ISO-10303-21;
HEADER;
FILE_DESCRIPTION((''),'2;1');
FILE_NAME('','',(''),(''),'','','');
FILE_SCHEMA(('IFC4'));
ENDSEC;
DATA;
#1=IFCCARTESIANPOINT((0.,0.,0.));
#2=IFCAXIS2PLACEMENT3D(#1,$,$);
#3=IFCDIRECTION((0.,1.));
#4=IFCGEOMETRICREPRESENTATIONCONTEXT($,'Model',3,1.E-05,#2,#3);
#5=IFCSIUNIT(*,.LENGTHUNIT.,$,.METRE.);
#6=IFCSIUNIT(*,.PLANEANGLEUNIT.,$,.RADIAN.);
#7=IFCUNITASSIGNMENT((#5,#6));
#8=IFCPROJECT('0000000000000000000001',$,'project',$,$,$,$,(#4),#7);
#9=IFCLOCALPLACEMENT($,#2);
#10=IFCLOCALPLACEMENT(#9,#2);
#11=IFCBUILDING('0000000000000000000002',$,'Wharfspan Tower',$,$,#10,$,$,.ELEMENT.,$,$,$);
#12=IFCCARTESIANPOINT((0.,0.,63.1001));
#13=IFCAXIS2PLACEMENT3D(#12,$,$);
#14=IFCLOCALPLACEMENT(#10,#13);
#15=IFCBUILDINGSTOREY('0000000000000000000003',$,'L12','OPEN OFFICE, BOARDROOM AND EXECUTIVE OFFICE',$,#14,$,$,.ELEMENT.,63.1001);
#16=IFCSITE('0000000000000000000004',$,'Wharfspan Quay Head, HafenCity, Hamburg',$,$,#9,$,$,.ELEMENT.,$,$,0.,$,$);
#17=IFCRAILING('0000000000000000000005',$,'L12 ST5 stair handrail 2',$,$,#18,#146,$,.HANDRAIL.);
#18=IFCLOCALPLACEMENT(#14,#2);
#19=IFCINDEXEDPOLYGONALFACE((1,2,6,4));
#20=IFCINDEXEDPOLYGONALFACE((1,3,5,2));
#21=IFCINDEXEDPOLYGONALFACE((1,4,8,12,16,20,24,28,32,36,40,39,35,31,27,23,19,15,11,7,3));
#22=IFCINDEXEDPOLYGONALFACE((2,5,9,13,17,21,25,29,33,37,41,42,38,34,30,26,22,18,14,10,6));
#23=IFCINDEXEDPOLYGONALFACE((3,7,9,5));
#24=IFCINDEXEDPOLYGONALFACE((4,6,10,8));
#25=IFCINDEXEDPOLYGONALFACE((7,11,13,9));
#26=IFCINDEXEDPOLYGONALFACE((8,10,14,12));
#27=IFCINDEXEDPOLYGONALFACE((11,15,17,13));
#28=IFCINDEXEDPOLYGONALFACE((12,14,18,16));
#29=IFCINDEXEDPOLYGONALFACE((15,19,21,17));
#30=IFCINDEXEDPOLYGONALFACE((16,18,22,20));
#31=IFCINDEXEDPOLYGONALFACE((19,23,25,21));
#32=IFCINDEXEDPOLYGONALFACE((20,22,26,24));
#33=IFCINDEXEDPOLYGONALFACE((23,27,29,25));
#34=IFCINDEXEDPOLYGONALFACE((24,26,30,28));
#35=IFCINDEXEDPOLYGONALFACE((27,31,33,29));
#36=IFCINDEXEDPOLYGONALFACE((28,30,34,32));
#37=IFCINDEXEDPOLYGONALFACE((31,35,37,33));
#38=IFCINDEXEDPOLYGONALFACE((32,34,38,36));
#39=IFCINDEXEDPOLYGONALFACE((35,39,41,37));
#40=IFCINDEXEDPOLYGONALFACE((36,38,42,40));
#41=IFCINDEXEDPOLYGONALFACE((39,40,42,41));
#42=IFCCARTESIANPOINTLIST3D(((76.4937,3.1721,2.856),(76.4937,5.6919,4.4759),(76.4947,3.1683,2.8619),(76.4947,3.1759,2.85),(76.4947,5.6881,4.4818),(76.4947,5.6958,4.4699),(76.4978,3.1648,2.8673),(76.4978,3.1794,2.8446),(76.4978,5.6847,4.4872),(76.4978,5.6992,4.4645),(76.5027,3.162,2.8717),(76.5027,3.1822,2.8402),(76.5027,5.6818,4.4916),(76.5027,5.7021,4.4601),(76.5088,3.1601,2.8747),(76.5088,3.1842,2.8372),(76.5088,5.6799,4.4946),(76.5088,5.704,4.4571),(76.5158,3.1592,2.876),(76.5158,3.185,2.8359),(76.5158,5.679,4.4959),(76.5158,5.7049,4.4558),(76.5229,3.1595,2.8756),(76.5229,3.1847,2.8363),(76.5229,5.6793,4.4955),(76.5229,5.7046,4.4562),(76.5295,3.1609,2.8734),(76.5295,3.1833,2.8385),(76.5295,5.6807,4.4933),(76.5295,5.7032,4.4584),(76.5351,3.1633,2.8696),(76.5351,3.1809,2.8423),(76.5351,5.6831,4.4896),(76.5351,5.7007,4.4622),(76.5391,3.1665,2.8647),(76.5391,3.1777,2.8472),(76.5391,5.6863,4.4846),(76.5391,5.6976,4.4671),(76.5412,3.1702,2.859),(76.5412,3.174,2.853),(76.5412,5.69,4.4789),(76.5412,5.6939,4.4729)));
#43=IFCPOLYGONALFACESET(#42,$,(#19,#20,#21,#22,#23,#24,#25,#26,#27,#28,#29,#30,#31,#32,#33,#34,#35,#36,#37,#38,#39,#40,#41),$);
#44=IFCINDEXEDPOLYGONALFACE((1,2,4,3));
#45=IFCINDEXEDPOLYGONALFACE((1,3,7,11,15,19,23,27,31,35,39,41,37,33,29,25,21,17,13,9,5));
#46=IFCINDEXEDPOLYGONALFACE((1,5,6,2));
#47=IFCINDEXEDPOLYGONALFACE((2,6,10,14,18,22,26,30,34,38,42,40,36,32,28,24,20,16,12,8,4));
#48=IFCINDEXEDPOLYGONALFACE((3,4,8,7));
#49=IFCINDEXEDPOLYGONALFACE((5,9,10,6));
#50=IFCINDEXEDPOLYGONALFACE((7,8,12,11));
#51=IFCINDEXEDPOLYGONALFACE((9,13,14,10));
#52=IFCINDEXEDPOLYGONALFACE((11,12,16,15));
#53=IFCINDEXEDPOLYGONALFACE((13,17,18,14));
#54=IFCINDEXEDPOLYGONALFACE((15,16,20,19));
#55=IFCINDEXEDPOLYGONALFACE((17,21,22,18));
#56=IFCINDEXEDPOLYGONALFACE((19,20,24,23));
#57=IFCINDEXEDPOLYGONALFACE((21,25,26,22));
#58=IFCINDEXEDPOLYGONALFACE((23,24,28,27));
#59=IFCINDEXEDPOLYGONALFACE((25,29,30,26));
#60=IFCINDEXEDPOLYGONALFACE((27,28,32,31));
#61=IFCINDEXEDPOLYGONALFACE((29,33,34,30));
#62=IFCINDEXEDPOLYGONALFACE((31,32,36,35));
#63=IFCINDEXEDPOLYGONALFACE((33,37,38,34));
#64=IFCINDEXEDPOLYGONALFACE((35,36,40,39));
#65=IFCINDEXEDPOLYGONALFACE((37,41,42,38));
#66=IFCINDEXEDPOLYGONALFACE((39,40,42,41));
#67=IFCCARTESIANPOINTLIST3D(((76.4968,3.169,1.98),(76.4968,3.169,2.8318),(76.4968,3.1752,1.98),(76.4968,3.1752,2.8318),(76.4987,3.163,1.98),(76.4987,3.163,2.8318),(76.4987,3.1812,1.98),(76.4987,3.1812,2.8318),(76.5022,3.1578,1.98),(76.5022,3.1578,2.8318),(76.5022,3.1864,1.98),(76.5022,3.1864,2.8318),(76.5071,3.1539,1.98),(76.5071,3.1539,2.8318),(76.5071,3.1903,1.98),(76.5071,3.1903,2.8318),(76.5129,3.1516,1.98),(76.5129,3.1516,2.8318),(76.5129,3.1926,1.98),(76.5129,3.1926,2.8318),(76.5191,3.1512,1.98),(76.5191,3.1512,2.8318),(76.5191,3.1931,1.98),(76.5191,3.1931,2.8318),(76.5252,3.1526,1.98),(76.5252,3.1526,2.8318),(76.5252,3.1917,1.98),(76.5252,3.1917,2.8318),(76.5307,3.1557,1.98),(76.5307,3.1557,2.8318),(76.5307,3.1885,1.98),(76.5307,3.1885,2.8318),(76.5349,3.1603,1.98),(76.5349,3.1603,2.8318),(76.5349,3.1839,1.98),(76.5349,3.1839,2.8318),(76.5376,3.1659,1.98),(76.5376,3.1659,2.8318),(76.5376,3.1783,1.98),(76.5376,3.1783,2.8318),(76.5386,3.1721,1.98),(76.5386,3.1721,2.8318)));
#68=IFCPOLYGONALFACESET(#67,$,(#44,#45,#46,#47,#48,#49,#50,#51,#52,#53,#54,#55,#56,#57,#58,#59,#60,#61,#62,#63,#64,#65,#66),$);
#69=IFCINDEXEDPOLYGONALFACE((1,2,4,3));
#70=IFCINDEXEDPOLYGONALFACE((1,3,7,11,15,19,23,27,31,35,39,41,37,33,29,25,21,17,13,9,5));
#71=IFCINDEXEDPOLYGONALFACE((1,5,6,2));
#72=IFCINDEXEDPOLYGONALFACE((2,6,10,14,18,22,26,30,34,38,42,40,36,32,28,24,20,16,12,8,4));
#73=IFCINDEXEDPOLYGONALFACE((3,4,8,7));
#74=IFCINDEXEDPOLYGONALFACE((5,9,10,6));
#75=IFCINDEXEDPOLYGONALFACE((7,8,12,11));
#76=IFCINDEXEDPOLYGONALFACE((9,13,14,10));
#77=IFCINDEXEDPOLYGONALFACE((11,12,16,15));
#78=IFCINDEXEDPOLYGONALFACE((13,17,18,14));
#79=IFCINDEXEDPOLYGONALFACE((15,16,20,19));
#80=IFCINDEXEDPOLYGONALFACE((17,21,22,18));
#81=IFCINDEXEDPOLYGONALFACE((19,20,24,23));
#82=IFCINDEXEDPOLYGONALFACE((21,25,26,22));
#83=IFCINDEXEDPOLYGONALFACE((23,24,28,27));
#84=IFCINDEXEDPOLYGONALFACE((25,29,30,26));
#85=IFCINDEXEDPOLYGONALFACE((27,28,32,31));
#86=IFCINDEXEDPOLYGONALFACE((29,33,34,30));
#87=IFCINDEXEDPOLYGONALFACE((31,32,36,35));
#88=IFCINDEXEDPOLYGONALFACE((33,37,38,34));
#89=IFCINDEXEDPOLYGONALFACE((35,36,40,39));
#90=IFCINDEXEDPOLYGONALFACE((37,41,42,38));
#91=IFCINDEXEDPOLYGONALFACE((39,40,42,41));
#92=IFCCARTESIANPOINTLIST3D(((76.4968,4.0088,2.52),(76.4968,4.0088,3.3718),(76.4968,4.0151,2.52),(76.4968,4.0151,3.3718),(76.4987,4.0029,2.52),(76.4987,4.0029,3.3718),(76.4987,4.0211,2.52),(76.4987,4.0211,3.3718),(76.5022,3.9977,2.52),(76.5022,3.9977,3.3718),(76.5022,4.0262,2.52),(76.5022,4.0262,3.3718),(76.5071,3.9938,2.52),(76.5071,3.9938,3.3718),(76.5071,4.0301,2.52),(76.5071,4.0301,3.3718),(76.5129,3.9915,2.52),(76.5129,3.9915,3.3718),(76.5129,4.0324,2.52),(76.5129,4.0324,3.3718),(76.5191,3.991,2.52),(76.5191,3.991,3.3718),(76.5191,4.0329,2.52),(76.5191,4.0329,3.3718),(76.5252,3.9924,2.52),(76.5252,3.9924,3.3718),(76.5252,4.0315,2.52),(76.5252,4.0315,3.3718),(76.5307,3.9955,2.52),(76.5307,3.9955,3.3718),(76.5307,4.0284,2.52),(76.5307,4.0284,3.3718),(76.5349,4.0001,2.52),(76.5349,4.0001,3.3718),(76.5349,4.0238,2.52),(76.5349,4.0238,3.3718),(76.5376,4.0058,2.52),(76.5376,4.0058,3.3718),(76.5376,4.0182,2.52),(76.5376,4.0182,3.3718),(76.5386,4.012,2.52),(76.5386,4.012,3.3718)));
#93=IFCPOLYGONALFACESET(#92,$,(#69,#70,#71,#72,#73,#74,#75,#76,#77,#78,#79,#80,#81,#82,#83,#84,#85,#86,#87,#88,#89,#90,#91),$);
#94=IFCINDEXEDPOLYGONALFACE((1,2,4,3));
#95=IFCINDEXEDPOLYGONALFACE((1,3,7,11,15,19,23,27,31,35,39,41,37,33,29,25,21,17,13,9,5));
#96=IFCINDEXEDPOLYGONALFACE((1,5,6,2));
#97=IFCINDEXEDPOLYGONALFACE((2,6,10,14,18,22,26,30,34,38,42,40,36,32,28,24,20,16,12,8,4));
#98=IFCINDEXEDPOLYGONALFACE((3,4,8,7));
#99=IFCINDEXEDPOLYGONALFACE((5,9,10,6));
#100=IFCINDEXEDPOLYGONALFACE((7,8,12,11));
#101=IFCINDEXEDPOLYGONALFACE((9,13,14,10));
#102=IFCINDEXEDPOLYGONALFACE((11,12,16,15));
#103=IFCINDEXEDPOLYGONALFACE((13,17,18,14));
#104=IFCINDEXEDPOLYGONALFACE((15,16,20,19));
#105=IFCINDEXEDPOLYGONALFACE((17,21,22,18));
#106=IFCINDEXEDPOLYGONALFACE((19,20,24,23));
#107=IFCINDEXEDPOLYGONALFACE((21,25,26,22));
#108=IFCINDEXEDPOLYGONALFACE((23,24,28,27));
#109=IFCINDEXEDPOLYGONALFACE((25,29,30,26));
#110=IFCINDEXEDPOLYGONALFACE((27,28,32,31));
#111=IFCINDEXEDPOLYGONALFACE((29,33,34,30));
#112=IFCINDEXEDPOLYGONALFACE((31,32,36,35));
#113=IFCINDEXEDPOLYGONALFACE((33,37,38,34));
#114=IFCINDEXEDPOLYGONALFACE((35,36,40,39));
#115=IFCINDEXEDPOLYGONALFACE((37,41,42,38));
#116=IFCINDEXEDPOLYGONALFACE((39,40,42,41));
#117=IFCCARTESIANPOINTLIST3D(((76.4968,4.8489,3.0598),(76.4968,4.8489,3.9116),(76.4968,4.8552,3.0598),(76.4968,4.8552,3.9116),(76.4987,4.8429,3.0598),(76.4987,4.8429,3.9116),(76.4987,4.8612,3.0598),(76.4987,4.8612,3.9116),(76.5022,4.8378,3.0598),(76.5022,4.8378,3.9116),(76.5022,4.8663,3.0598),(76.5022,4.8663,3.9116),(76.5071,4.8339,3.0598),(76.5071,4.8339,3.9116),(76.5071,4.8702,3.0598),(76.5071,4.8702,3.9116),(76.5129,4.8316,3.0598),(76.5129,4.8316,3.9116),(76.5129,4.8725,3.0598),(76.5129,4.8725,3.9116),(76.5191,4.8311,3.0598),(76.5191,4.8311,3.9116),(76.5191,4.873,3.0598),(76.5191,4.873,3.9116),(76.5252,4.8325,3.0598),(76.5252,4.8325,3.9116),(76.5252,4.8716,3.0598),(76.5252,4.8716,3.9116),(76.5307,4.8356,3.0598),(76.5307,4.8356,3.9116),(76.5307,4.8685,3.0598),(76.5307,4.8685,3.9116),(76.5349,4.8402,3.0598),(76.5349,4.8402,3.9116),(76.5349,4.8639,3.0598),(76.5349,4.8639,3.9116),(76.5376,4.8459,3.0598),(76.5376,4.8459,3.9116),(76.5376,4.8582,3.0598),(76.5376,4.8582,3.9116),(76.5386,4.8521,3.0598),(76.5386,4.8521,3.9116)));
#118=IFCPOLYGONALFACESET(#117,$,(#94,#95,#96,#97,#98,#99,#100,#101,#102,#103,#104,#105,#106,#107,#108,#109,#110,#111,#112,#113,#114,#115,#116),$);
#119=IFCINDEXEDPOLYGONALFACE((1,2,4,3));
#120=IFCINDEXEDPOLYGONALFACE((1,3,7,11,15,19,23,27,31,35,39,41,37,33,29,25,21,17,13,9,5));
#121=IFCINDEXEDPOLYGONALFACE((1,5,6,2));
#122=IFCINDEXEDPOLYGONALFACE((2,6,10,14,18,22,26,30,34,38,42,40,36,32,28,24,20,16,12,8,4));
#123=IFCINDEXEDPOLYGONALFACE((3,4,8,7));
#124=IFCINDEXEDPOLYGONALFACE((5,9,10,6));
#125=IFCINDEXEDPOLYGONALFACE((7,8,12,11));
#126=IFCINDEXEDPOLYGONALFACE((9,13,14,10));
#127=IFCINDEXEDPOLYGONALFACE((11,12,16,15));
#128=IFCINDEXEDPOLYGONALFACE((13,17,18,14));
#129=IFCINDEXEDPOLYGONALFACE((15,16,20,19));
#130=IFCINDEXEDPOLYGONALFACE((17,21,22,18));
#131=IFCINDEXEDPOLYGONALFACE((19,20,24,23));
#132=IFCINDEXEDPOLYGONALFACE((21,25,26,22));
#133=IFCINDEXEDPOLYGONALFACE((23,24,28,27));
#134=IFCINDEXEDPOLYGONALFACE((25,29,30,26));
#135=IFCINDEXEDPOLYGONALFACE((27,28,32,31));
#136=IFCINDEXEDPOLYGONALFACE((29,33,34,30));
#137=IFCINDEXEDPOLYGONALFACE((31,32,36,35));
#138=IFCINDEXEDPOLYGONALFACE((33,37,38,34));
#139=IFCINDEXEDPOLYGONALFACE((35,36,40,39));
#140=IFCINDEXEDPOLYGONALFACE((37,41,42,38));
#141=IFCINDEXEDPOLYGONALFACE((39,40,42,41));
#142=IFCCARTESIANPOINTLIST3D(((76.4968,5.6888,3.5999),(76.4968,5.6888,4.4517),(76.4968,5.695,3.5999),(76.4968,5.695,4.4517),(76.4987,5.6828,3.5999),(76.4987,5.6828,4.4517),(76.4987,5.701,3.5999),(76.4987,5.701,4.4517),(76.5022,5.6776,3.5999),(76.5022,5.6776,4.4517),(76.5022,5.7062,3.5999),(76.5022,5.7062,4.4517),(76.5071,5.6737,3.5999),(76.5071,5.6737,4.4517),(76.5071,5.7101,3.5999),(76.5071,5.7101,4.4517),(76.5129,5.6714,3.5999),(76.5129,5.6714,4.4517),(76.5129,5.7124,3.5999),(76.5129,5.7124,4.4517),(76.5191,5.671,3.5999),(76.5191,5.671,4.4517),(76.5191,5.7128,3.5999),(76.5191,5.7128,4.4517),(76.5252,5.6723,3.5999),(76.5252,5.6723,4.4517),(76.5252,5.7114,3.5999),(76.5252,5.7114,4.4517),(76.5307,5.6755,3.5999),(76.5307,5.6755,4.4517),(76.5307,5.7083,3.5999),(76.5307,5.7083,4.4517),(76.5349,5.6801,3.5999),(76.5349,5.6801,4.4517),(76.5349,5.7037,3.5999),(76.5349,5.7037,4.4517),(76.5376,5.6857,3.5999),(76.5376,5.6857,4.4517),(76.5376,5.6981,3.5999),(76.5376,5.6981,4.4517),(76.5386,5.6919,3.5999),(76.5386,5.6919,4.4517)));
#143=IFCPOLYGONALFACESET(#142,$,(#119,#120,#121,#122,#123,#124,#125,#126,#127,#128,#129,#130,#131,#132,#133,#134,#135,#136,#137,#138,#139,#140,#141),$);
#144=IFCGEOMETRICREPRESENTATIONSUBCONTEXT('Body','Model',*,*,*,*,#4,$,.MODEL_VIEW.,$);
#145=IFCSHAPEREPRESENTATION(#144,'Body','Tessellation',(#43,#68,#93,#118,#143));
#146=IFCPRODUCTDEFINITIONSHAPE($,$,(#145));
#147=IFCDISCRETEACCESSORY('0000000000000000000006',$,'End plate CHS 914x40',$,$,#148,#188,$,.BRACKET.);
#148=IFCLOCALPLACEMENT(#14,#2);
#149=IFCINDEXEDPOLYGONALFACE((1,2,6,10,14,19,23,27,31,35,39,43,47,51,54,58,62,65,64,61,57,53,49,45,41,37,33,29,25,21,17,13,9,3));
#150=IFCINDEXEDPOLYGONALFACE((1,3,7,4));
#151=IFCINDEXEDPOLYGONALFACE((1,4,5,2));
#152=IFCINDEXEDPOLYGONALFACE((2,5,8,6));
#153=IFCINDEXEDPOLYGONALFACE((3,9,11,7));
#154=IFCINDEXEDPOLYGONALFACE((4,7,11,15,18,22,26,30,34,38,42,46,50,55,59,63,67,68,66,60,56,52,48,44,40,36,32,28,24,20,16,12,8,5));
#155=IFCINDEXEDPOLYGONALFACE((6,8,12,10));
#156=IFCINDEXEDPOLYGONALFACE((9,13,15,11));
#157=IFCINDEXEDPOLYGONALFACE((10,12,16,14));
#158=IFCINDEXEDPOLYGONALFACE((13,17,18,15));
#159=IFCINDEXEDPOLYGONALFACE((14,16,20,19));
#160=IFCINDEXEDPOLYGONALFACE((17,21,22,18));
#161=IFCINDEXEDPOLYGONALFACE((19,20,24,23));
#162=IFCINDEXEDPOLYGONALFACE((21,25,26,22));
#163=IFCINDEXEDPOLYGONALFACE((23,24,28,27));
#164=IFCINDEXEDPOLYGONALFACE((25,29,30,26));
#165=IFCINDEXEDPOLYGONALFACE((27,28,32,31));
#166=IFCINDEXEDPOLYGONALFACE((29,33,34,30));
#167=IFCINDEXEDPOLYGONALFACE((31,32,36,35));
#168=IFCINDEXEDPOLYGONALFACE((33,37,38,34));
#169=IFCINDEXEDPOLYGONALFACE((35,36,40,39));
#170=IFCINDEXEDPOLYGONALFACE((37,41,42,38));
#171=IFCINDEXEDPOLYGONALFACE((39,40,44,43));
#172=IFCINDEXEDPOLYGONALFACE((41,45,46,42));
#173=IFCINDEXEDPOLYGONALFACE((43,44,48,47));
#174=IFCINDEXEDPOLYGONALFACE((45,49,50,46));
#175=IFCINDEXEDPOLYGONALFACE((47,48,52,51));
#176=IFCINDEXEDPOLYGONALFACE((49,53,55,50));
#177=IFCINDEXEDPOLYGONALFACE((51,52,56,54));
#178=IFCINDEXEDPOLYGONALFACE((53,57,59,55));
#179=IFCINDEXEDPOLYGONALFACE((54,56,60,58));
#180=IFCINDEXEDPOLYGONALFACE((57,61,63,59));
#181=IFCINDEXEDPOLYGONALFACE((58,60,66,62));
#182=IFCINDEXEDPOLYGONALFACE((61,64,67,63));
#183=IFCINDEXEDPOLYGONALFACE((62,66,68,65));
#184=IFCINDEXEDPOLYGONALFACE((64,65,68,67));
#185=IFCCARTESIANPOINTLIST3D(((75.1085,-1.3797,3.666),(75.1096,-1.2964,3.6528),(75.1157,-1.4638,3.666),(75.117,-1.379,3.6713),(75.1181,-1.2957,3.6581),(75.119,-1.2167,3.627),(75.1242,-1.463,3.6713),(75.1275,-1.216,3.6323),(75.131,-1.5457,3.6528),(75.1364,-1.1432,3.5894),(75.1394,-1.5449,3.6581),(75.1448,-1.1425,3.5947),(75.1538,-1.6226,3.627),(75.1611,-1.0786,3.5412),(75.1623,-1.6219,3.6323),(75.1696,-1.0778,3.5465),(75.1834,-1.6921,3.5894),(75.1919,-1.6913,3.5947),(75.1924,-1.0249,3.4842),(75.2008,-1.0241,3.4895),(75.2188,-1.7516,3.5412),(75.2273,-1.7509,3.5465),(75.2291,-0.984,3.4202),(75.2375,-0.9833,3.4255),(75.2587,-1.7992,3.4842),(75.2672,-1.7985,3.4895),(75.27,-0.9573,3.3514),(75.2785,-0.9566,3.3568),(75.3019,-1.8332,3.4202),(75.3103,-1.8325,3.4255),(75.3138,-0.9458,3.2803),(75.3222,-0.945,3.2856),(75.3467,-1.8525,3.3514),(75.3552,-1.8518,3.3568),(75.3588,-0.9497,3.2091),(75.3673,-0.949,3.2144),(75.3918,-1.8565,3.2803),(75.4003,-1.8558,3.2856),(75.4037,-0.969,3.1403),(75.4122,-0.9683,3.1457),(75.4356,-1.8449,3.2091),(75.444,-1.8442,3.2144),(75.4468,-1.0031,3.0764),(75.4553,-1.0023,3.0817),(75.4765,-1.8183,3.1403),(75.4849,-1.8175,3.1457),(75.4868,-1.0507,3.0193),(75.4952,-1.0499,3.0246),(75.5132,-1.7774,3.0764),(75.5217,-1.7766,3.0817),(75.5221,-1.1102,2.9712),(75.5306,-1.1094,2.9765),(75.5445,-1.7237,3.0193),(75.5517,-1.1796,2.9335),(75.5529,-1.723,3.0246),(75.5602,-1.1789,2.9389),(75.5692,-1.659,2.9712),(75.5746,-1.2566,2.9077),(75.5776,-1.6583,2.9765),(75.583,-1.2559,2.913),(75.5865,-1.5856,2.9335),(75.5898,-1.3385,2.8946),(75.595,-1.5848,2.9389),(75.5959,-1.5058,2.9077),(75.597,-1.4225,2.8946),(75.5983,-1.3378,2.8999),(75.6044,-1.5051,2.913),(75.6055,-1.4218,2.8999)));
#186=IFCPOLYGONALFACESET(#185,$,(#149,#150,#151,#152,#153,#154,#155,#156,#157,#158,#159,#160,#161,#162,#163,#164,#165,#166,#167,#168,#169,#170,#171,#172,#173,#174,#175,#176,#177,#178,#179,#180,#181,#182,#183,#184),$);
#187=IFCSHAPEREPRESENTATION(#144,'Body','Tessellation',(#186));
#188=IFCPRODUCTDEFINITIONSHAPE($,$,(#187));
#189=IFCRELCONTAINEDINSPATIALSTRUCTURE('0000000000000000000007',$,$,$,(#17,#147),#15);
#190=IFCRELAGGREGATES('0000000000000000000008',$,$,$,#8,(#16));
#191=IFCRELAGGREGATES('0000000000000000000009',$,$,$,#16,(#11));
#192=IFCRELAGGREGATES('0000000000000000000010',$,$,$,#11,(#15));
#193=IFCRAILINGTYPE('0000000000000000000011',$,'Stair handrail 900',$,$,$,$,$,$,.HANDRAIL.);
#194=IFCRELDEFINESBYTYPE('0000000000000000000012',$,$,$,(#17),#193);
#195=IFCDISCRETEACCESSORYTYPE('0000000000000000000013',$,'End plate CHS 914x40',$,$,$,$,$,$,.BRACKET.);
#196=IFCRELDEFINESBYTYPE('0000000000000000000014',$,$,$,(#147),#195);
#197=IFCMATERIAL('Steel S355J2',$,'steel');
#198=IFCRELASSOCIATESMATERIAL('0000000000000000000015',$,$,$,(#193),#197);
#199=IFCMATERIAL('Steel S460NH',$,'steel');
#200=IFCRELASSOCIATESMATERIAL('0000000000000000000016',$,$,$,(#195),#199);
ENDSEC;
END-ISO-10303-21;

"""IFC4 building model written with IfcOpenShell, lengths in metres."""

from ifc_helpers import new_model, si_unit, direction, frame, origin, origin_2d, place, context, subcontext, project, spatial, circle, extrude, material, material_profile, profile_set, type_object, element, save


model = new_model("IFC4")

# Units and contexts
model_context = context("Model", 3, precision=1e-05, world=origin(), true_north=direction((0.0, 1.0)))
body_context = subcontext(model_context, "Body", "Model", "MODEL_VIEW")
ifc_project = project(units=[si_unit("LENGTHUNIT", "METRE"), si_unit("PLANEANGLEUNIT", "RADIAN")], contexts=[model_context])

# Site, building, storey
site_placement = place(None, origin())
site = spatial("IfcSite", under=ifc_project, at=site_placement, Name="Wharfspan Quay Head, HafenCity, Hamburg", CompositionType="ELEMENT", RefElevation=0.0)
building_placement = place(site_placement, origin())
building = spatial("IfcBuilding", under=site, at=building_placement, Name="Wharfspan Tower", CompositionType="ELEMENT")
storey_placement = place(building_placement, frame((0.0, 0.0, 63.1001)))
storey = spatial("IfcBuildingStorey", under=building, at=storey_placement, Name="L12", Description="OPEN OFFICE, BOARDROOM AND EXECUTIVE OFFICE", CompositionType="ELEMENT", Elevation=63.1001)

# Shared definitions
ifc_material_1 = material(Name="Steel S355J2", Category="steel")

# Shared definitions
ifc_material_2 = material(Name="Steel S460NH", Category="steel")

# Railing
railing_type_1 = type_object("IfcRailingType", Name="Stair handrail 900", PredefinedType="HANDRAIL", material=ifc_material_1)
railing_1_placement = place(storey_placement, frame((76.5176, 3.1721, 1.98)))
element("IfcRailing", 1, at=railing_1_placement, inside=storey, type_object=railing_type_1, Name="L12 ST5 stair handrail 2", PredefinedType="HANDRAIL", context=body_context, shape_type="SweptSolid", body=[
    extrude(circle(Radius=0.0239, at=origin_2d()), frame((0.0, 0.0, 0.876), z_axis=(0.0, 0.841176, 0.540762), x_axis=(-1.0, 0.0, 0.0)), (0.0, 0.0, 1.0), 2.9956),
    extrude(circle(Radius=0.021, at=origin_2d()), origin(), (0.0, 0.0, 1.0), 0.8518),
    extrude(circle(Radius=0.021, at=origin_2d()), frame((0.0, 0.8398, 0.54)), (0.0, 0.0, 1.0), 0.8518),
    extrude(circle(Radius=0.021, at=origin_2d()), frame((0.0, 1.6799, 1.0798)), (0.0, 0.0, 1.0), 0.8518),
    extrude(circle(Radius=0.021, at=origin_2d()), frame((0.0, 2.5198, 1.6199)), (0.0, 0.0, 1.0), 0.8518),
])

# Discrete accessory
ifc_material_profile_1 = material_profile(ifc_material_2, circle(Radius=0.457, at=origin_2d()))
ifc_profile_set_1 = profile_set([ifc_material_profile_1], Name="Steel S460NH")
discrete_accessory_type = type_object("IfcDiscreteAccessoryType", Name="End plate CHS 914x40", PredefinedType="BRACKET", material=ifc_profile_set_1)
for number, where, z_axis, x_axis, name in (
    (2, (75.3528, -1.4011, 3.2803), (0.844416, 0.072379, 0.530776), (-0.085402, 0.99635, 0.0), "End plate CHS 914x40"),
):
    element("IfcDiscreteAccessory", number, at=place(storey_placement, frame(where, z_axis=z_axis, x_axis=x_axis)), inside=storey, type_object=discrete_accessory_type, Name=name, PredefinedType="BRACKET", context=body_context, shape_type="SweptSolid", body=[
        extrude(circle(Radius=0.457, at=origin_2d()), origin(), (0.0, 0.0, 1.0), 0.01),
    ])

save(model, "model.ifc")
